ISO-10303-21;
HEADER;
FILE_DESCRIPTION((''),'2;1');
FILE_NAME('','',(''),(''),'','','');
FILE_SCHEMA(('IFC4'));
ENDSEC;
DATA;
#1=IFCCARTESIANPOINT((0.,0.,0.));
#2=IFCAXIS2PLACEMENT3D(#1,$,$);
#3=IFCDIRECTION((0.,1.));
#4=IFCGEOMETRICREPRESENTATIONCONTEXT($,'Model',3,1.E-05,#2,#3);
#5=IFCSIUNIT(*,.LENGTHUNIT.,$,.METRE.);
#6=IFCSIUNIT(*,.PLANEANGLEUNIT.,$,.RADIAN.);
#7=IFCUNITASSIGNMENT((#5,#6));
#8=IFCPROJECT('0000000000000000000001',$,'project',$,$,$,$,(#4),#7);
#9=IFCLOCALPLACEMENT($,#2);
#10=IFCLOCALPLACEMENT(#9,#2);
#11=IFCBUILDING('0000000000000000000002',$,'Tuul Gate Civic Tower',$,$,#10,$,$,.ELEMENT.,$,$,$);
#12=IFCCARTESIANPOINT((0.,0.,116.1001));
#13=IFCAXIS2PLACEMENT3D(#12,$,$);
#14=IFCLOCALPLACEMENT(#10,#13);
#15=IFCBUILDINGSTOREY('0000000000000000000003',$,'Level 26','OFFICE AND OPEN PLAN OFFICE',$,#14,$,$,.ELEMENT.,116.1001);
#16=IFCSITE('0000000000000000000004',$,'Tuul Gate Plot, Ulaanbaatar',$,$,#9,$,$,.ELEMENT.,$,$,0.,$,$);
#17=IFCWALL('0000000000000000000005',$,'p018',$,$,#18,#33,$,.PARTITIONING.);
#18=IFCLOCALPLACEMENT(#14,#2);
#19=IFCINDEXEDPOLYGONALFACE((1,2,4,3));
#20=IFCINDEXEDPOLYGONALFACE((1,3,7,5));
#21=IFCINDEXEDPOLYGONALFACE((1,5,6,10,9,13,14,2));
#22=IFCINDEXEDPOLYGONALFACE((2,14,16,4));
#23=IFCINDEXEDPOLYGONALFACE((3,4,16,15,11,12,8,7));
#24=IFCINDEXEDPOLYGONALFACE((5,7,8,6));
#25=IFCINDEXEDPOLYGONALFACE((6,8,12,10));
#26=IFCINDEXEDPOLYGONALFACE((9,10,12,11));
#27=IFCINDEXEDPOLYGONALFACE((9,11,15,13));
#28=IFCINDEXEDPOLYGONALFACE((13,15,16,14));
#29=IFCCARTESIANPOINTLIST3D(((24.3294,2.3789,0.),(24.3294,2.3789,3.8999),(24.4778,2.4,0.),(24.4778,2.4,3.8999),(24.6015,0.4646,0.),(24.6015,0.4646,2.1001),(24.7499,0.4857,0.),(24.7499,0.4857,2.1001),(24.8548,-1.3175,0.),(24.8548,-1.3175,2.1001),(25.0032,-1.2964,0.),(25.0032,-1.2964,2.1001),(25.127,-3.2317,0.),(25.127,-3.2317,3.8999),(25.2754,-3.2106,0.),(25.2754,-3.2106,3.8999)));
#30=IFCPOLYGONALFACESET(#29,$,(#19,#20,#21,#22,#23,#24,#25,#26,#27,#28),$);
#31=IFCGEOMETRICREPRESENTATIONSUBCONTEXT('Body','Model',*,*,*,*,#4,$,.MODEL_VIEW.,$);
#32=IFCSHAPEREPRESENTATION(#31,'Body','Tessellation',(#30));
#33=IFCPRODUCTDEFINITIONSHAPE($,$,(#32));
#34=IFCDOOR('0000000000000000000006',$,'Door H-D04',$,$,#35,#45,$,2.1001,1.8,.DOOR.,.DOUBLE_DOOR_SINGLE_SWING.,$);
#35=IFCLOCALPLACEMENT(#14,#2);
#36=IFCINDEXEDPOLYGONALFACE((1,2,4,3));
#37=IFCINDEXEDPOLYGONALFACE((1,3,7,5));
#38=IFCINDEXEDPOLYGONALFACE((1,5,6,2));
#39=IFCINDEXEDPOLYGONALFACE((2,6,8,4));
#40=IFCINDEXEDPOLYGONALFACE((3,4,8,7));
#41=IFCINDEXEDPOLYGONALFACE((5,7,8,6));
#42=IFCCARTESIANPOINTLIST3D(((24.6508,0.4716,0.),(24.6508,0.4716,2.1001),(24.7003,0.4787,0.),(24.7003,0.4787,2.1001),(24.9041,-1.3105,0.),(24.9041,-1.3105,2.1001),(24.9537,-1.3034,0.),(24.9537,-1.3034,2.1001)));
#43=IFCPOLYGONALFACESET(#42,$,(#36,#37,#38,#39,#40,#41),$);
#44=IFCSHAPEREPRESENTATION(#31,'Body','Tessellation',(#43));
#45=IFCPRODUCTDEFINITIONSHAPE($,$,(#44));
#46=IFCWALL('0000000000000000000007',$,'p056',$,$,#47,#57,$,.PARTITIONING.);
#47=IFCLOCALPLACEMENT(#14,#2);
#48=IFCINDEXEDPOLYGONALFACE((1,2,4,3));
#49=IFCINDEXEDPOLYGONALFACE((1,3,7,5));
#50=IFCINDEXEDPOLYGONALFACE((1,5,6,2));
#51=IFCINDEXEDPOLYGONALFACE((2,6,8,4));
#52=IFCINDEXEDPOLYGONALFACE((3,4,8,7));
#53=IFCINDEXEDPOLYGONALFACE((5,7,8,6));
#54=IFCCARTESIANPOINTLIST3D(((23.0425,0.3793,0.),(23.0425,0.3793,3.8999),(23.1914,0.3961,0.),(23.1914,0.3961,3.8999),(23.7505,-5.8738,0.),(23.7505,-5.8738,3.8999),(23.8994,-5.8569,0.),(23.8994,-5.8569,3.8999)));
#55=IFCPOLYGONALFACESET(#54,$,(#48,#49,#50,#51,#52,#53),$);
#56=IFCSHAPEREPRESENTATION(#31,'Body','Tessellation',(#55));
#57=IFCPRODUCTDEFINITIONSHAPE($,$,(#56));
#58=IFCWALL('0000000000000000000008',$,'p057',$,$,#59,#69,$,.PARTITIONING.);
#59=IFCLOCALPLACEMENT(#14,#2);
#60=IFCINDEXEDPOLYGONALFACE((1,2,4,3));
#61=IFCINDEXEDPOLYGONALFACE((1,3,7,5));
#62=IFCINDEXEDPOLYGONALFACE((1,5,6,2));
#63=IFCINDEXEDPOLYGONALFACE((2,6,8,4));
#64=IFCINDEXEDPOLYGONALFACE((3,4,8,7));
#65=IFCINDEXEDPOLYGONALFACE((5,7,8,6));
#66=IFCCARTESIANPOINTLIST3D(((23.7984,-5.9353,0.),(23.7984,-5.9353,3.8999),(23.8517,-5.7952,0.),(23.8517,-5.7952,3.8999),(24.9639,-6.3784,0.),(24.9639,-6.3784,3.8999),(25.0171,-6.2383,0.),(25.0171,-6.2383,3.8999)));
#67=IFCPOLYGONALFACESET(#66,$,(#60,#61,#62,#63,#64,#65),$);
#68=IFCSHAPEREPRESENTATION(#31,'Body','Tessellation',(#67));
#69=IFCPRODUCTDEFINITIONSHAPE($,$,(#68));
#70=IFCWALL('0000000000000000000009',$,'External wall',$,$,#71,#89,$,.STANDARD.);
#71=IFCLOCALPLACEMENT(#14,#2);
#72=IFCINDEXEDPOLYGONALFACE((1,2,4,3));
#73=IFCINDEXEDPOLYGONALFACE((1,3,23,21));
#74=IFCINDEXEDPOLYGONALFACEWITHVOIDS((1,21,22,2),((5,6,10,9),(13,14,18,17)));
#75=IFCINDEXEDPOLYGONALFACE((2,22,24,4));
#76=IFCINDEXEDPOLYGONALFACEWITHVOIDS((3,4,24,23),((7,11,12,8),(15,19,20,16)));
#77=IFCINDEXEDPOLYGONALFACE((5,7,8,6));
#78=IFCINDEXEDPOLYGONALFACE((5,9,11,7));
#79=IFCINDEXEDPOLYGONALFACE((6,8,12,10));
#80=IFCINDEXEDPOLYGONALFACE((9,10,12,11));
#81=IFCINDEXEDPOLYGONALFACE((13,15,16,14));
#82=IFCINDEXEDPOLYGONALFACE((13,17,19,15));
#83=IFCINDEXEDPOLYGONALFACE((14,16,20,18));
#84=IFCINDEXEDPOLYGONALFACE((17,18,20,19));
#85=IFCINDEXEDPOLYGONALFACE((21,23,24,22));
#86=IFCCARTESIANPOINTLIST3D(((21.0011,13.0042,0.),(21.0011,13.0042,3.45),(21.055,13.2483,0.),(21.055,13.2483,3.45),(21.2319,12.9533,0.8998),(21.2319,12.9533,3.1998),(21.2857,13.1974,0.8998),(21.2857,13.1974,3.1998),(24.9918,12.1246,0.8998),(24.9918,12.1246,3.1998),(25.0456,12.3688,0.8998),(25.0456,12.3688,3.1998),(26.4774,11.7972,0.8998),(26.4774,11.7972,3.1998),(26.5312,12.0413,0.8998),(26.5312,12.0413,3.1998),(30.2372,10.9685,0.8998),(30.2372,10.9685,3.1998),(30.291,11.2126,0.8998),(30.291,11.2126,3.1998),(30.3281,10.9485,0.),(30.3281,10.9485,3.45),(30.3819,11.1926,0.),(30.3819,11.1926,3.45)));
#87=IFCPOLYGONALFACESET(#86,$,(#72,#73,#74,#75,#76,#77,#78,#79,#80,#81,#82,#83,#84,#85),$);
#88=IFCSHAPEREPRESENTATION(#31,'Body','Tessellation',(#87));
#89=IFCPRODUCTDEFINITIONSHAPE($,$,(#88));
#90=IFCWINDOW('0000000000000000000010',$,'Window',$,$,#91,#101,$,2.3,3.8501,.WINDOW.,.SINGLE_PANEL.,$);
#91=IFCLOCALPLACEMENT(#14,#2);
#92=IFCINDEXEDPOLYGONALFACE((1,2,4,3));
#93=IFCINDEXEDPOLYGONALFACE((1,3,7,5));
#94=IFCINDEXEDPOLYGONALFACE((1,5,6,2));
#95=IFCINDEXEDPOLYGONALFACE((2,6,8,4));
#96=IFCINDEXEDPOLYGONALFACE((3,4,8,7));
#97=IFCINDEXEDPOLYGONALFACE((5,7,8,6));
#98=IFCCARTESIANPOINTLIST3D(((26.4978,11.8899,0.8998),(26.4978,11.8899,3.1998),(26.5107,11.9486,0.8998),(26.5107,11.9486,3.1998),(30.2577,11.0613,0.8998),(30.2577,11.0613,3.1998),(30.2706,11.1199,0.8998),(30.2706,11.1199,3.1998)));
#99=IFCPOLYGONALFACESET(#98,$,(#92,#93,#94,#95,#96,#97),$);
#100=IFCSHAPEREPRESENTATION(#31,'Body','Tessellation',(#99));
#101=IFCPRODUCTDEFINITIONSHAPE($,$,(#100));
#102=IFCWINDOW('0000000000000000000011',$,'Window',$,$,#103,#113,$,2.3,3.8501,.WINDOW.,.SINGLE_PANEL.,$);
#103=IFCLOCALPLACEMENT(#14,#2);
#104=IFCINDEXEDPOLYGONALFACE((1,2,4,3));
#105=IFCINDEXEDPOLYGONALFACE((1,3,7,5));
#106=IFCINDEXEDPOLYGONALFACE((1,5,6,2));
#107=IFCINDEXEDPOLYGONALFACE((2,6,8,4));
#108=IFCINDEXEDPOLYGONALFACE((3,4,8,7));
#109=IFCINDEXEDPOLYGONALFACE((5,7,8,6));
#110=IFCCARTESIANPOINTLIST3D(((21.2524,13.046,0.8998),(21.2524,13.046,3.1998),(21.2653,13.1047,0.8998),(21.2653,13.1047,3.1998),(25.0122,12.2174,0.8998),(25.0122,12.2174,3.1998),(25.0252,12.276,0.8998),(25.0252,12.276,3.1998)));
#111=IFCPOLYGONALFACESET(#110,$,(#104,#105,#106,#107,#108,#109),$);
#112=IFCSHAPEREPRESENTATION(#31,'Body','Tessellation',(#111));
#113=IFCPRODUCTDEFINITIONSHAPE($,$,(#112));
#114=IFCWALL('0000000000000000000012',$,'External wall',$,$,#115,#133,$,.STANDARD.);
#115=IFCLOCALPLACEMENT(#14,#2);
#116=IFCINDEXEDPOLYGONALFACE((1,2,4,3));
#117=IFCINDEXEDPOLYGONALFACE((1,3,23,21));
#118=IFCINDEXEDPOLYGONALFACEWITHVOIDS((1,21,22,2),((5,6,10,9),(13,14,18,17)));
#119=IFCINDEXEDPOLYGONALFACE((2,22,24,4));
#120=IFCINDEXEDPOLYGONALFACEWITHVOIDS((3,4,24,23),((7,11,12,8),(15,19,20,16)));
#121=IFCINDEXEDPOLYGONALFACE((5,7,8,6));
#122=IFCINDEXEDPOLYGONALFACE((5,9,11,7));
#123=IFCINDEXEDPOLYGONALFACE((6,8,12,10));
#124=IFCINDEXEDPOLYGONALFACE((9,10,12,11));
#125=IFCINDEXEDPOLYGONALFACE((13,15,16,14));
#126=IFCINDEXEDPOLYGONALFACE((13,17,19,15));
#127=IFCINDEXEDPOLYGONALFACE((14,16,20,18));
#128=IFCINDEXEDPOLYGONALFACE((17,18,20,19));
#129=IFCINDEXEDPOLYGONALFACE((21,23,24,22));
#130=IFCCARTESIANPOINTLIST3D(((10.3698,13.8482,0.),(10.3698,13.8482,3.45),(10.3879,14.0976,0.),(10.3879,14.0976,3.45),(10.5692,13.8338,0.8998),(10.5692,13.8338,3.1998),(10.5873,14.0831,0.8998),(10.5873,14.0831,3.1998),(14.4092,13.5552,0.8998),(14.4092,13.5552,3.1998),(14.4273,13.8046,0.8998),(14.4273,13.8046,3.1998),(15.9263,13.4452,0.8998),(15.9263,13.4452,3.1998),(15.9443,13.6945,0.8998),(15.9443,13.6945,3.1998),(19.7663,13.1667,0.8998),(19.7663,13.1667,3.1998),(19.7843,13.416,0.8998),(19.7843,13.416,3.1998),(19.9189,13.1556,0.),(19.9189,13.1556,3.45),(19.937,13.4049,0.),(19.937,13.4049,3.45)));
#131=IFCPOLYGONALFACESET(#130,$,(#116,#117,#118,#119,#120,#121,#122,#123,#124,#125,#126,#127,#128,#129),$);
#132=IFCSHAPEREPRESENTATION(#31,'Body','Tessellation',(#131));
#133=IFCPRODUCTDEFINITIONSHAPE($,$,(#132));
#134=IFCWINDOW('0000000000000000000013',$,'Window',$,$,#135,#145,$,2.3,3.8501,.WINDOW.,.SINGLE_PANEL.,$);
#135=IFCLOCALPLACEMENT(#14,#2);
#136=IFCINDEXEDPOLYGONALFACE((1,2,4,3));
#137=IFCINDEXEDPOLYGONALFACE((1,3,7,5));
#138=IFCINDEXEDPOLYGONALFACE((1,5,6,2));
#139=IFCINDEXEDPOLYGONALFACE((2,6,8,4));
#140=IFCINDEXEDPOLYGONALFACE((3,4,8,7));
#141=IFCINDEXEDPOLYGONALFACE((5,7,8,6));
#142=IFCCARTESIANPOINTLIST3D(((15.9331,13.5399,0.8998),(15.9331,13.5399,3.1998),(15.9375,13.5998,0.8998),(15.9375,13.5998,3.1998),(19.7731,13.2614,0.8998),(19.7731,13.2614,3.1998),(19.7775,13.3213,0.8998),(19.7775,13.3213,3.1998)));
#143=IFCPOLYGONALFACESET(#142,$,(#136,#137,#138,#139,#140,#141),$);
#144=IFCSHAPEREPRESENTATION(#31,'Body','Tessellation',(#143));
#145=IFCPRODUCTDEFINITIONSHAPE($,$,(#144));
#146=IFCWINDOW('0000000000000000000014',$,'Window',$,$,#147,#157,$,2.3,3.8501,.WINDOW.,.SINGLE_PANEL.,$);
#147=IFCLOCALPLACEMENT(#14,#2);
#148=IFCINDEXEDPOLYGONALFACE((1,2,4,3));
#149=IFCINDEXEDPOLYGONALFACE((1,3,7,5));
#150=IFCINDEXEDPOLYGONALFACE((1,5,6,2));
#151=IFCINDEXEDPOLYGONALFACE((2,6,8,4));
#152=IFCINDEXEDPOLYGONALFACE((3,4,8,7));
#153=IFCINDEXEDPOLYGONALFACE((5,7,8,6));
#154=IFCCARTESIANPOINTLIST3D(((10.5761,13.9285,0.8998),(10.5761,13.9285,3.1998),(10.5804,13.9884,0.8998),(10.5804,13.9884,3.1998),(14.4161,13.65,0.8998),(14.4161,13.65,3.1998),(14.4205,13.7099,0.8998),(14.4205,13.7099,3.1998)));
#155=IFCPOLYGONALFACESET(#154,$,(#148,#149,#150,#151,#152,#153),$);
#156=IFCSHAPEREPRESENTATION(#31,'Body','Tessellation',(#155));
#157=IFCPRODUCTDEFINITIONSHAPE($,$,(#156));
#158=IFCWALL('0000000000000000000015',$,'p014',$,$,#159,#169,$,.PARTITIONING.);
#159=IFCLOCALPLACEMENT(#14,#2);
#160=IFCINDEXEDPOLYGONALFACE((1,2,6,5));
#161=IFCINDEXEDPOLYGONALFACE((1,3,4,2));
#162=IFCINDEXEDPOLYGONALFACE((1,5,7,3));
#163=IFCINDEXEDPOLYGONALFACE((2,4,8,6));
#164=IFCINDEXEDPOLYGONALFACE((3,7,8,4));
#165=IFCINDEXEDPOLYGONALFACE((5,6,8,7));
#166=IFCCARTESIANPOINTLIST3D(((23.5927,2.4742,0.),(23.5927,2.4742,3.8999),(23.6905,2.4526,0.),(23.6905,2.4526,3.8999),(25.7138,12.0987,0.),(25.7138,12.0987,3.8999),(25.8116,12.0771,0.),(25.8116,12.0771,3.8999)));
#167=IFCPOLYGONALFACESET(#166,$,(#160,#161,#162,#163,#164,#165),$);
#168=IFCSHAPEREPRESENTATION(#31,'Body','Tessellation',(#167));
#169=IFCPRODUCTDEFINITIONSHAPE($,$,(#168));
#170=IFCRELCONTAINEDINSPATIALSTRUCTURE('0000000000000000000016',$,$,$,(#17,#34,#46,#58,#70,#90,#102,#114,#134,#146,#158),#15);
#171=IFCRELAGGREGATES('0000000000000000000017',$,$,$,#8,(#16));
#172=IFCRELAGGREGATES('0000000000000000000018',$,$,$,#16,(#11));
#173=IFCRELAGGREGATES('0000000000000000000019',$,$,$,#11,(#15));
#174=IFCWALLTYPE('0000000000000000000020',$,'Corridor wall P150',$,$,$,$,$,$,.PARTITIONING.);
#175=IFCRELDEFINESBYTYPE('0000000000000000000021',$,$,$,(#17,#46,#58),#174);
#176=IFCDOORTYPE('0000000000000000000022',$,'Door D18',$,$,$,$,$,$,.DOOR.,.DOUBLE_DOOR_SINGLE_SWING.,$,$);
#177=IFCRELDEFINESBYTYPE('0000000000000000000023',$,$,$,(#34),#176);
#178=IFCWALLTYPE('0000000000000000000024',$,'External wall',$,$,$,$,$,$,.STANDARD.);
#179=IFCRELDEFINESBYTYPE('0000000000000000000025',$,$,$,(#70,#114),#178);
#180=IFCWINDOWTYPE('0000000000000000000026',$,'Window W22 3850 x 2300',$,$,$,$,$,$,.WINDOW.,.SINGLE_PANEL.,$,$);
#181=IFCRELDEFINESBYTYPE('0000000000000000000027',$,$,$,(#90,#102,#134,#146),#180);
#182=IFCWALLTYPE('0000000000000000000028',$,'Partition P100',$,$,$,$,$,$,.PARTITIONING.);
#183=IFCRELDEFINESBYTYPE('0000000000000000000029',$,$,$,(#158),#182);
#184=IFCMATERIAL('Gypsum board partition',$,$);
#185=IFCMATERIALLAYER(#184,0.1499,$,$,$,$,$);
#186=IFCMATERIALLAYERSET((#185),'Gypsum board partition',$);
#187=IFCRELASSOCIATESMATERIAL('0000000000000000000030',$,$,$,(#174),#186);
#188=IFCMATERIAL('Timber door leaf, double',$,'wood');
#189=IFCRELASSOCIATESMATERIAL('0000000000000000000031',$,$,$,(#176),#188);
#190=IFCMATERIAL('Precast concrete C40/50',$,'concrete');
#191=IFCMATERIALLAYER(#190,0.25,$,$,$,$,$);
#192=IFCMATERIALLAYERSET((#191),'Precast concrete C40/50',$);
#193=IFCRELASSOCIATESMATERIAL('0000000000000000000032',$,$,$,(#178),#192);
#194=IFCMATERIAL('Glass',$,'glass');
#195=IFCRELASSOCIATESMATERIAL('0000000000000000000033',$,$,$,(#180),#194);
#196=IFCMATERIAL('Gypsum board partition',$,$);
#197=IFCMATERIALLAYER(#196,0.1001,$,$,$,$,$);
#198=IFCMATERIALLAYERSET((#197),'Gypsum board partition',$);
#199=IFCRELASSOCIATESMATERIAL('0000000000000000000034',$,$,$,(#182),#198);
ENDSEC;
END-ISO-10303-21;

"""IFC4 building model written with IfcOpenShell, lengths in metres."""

from ifc_helpers import new_model, si_unit, direction, frame, frame_2d, origin, place, context, subcontext, project, spatial, rectangle, extrude, material, layer, layer_set, type_object, element, fill, save


model = new_model("IFC4")

# Units and contexts
model_context = context("Model", 3, precision=1e-05, world=origin(), true_north=direction((0.0, 1.0)))
body_context = subcontext(model_context, "Body", "Model", "MODEL_VIEW")
ifc_project = project(units=[si_unit("LENGTHUNIT", "METRE"), si_unit("PLANEANGLEUNIT", "RADIAN")], contexts=[model_context])

# Site, building, storey
site_placement = place(None, origin())
site = spatial("IfcSite", under=ifc_project, at=site_placement, Name="Tuul Gate Plot, Ulaanbaatar", CompositionType="ELEMENT", RefElevation=0.0)
building_placement = place(site_placement, origin())
building = spatial("IfcBuilding", under=site, at=building_placement, Name="Tuul Gate Civic Tower", CompositionType="ELEMENT")
storey_placement = place(building_placement, frame((0.0, 0.0, 116.1001)))
storey = spatial("IfcBuildingStorey", under=building, at=storey_placement, Name="Level 26", Description="OFFICE AND OPEN PLAN OFFICE", CompositionType="ELEMENT", Elevation=116.1001)

# Shared definitions
ifc_material_1 = material(Name="Gypsum board partition")
ifc_layer_1 = layer(ifc_material_1, 0.1499)
ifc_layer_set_1 = layer_set([ifc_layer_1], Name="Gypsum board partition")
wall_type_1 = type_object("IfcWallType", Name="Corridor wall P150", PredefinedType="PARTITIONING", material=ifc_layer_set_1)

# Wall, opening, door
wall_1_placement = place(storey_placement, frame((24.4036, 2.3894, 0.0), z_axis=(0.0, 0.0, 1.0), x_axis=(0.140746, -0.990046, 0.0)))
wall_1 = element("IfcWall", 1, at=wall_1_placement, inside=storey, type_object=wall_type_1, Name="p018", PredefinedType="PARTITIONING", context=body_context, shape_type="SweptSolid", body=[
    extrude(rectangle(XDim=5.667, YDim=0.1499, at=frame_2d((2.8335, 0.0))), origin(), (0.0, 0.0, 1.0), 3.8999),
])
opening_1_placement = place(wall_1_placement, frame((1.9336, 0.0, 0.0)))
opening_1 = element("IfcOpeningElement", 2, at=opening_1_placement, cuts=wall_1, PredefinedType="OPENING", context=body_context, shape_type="SweptSolid", body=[
    extrude(rectangle(XDim=1.8, YDim=2.1001, at=frame_2d((0.8999, 1.05))), frame((0.0, 0.085, 0.0), z_axis=(0.0, -1.0, 0.0), x_axis=(1.0, 0.0, 0.0)), (0.0, 0.0, 1.0), 0.1699),
])
ifc_material_2 = material(Name="Timber door leaf, double", Category="wood")
door_type_1 = type_object("IfcDoorType", Name="Door D18", OperationType="DOUBLE_DOOR_SINGLE_SWING", PredefinedType="DOOR", material=ifc_material_2)
door_1_placement = place(opening_1_placement, origin())
door_1 = element("IfcDoor", 3, at=door_1_placement, inside=storey, type_object=door_type_1, Name="Door H-D04", OperationType="DOUBLE_DOOR_SINGLE_SWING", OverallHeight=2.1001, OverallWidth=1.8, PredefinedType="DOOR", context=body_context, shape_type="SweptSolid", body=[
    extrude(rectangle(XDim=1.8, YDim=2.1001, at=frame_2d((0.8999, 1.05))), frame((0.0, 0.0249, 0.0), z_axis=(0.0, -1.0, 0.0), x_axis=(1.0, 0.0, 0.0)), (0.0, 0.0, 1.0), 0.05),
])
fill(opening_1, door_1)

# Walls
wall_2_placement = place(storey_placement, frame((23.1169, 0.3877, 0.0), z_axis=(0.0, 0.0, 1.0), x_axis=(0.112509, -0.993651, 0.0)))
element("IfcWall", 4, at=wall_2_placement, inside=storey, type_object=wall_type_1, Name="p056", PredefinedType="PARTITIONING", context=body_context, shape_type="SweptSolid", body=[
    extrude(rectangle(XDim=6.293, YDim=0.1499, at=frame_2d((3.1465, 0.0))), origin(), (0.0, 0.0, 1.0), 3.8999),
])
wall_3_placement = place(storey_placement, frame((23.825, -5.8652, 0.0), z_axis=(0.0, 0.0, 1.0), x_axis=(0.934726, -0.355368, 0.0)))
element("IfcWall", 5, at=wall_3_placement, inside=storey, type_object=wall_type_1, Name="p057", PredefinedType="PARTITIONING", context=body_context, shape_type="SweptSolid", body=[
    extrude(rectangle(XDim=1.2468, YDim=0.1499, at=frame_2d((0.6235, 0.0))), origin(), (0.0, 0.0, 1.0), 3.8999),
])

# Walls, openings, windows
ifc_material_3 = material(Name="Precast concrete C40/50", Category="concrete")
ifc_layer_2 = layer(ifc_material_3, 0.25)
ifc_layer_set_2 = layer_set([ifc_layer_2], Name="Precast concrete C40/50")
wall_type_2 = type_object("IfcWallType", Name="External wall", PredefinedType="STANDARD", material=ifc_layer_set_2)
wall_4_placement = place(storey_placement, frame((30.355, 11.0706, 0.0), z_axis=(0.0, 0.0, 1.0), x_axis=(-0.976562, 0.215236, 0.0)))
wall_4 = element("IfcWall", 6, at=wall_4_placement, inside=storey, type_object=wall_type_2, Name="External wall", PredefinedType="STANDARD", context=body_context, shape_type="SweptSolid", body=[
    extrude(rectangle(XDim=9.5508, YDim=0.25, at=frame_2d((4.7754, 0.0))), origin(), (0.0, 0.0, 1.0), 3.45),
])
opening_2_placement = place(wall_4_placement, frame((0.093, 0.0, 0.8999)))
opening_2 = element("IfcOpeningElement", 7, at=opening_2_placement, cuts=wall_4, PredefinedType="OPENING", context=body_context, shape_type="SweptSolid", body=[
    extrude(rectangle(XDim=3.8501, YDim=2.3, at=frame_2d((1.925, 1.1499))), frame((0.0, 0.135, 0.0), z_axis=(0.0, -1.0, 0.0), x_axis=(1.0, 0.0, 0.0)), (0.0, 0.0, 1.0), 0.27),
])
opening_3_placement = place(wall_4_placement, frame((5.4644, 0.0, 0.8999)))
opening_3 = element("IfcOpeningElement", 8, at=opening_3_placement, cuts=wall_4, PredefinedType="OPENING", context=body_context, shape_type="SweptSolid", body=[
    extrude(rectangle(XDim=3.8501, YDim=2.3, at=frame_2d((1.925, 1.1499))), frame((0.0, 0.135, 0.0), z_axis=(0.0, -1.0, 0.0), x_axis=(1.0, 0.0, 0.0)), (0.0, 0.0, 1.0), 0.27),
])
ifc_material_4 = material(Name="Glass", Category="glass")
window_type = type_object("IfcWindowType", Name="Window W22 3850 x 2300", PartitioningType="SINGLE_PANEL", PredefinedType="WINDOW", material=ifc_material_4)
window_1_placement = place(opening_2_placement, origin())
window_1 = element("IfcWindow", 9, at=window_1_placement, inside=storey, type_object=window_type, Name="Window", OverallHeight=2.3, OverallWidth=3.8501, PartitioningType="SINGLE_PANEL", PredefinedType="WINDOW", context=body_context, shape_type="SweptSolid", body=[
    extrude(rectangle(XDim=3.8501, YDim=2.3, at=frame_2d((1.925, 1.1499))), frame((0.0, 0.03, 0.0), z_axis=(0.0, -1.0, 0.0), x_axis=(1.0, 0.0, 0.0)), (0.0, 0.0, 1.0), 0.0601),
])
fill(opening_2, window_1)
window_2_placement = place(opening_3_placement, origin())
window_2 = element("IfcWindow", 10, at=window_2_placement, inside=storey, type_object=window_type, Name="Window", OverallHeight=2.3, OverallWidth=3.8501, PartitioningType="SINGLE_PANEL", PredefinedType="WINDOW", context=body_context, shape_type="SweptSolid", body=[
    extrude(rectangle(XDim=3.8501, YDim=2.3, at=frame_2d((1.925, 1.1499))), frame((0.0, 0.03, 0.0), z_axis=(0.0, -1.0, 0.0), x_axis=(1.0, 0.0, 0.0)), (0.0, 0.0, 1.0), 0.0601),
])
fill(opening_3, window_2)
wall_5_placement = place(storey_placement, frame((19.928, 13.2803, 0.0), z_axis=(0.0, 0.0, 1.0), x_axis=(-0.99738, 0.072343, 0.0)))
wall_5 = element("IfcWall", 11, at=wall_5_placement, inside=storey, type_object=wall_type_2, Name="External wall", PredefinedType="STANDARD", context=body_context, shape_type="SweptSolid", body=[
    extrude(rectangle(XDim=9.5742, YDim=0.25, at=frame_2d((4.7871, 0.0))), origin(), (0.0, 0.0, 1.0), 3.45),
])
opening_4_placement = place(wall_5_placement, frame((0.1531, 0.0, 0.8999)))
opening_4 = element("IfcOpeningElement", 12, at=opening_4_placement, cuts=wall_5, PredefinedType="OPENING", context=body_context, shape_type="SweptSolid", body=[
    extrude(rectangle(XDim=3.8501, YDim=2.3, at=frame_2d((1.925, 1.1499))), frame((0.0, 0.135, 0.0), z_axis=(0.0, -1.0, 0.0), x_axis=(1.0, 0.0, 0.0)), (0.0, 0.0, 1.0), 0.27),
])
opening_5_placement = place(wall_5_placement, frame((5.5242, 0.0, 0.8999)))
opening_5 = element("IfcOpeningElement", 13, at=opening_5_placement, cuts=wall_5, PredefinedType="OPENING", context=body_context, shape_type="SweptSolid", body=[
    extrude(rectangle(XDim=3.8501, YDim=2.3, at=frame_2d((1.925, 1.1499))), frame((0.0, 0.135, 0.0), z_axis=(0.0, -1.0, 0.0), x_axis=(1.0, 0.0, 0.0)), (0.0, 0.0, 1.0), 0.27),
])
window_3_placement = place(opening_4_placement, origin())
window_3 = element("IfcWindow", 14, at=window_3_placement, inside=storey, type_object=window_type, Name="Window", OverallHeight=2.3, OverallWidth=3.8501, PartitioningType="SINGLE_PANEL", PredefinedType="WINDOW", context=body_context, shape_type="SweptSolid", body=[
    extrude(rectangle(XDim=3.8501, YDim=2.3, at=frame_2d((1.925, 1.1499))), frame((0.0, 0.03, 0.0), z_axis=(0.0, -1.0, 0.0), x_axis=(1.0, 0.0, 0.0)), (0.0, 0.0, 1.0), 0.0601),
])
fill(opening_4, window_3)
window_4_placement = place(opening_5_placement, origin())
window_4 = element("IfcWindow", 15, at=window_4_placement, inside=storey, type_object=window_type, Name="Window", OverallHeight=2.3, OverallWidth=3.8501, PartitioningType="SINGLE_PANEL", PredefinedType="WINDOW", context=body_context, shape_type="SweptSolid", body=[
    extrude(rectangle(XDim=3.8501, YDim=2.3, at=frame_2d((1.925, 1.1499))), frame((0.0, 0.03, 0.0), z_axis=(0.0, -1.0, 0.0), x_axis=(1.0, 0.0, 0.0)), (0.0, 0.0, 1.0), 0.0601),
])
fill(opening_5, window_4)

# Wall
ifc_material_5 = material(Name="Gypsum board partition")
ifc_layer_3 = layer(ifc_material_5, 0.1001)
ifc_layer_set_3 = layer_set([ifc_layer_3], Name="Gypsum board partition")
wall_type_3 = type_object("IfcWallType", Name="Partition P100", PredefinedType="PARTITIONING", material=ifc_layer_set_3)
wall_6_placement = place(storey_placement, frame((23.6416, 2.4634, 0.0), z_axis=(0.0, 0.0, 1.0), x_axis=(0.21522, 0.976566, 0.0)))
element("IfcWall", 16, at=wall_6_placement, inside=storey, type_object=wall_type_3, Name="p014", PredefinedType="PARTITIONING", context=body_context, shape_type="SweptSolid", body=[
    extrude(rectangle(XDim=9.8555, YDim=0.1001, at=frame_2d((4.9277, 0.0))), origin(), (0.0, 0.0, 1.0), 3.8999),
])

save(model, "model.ifc")
